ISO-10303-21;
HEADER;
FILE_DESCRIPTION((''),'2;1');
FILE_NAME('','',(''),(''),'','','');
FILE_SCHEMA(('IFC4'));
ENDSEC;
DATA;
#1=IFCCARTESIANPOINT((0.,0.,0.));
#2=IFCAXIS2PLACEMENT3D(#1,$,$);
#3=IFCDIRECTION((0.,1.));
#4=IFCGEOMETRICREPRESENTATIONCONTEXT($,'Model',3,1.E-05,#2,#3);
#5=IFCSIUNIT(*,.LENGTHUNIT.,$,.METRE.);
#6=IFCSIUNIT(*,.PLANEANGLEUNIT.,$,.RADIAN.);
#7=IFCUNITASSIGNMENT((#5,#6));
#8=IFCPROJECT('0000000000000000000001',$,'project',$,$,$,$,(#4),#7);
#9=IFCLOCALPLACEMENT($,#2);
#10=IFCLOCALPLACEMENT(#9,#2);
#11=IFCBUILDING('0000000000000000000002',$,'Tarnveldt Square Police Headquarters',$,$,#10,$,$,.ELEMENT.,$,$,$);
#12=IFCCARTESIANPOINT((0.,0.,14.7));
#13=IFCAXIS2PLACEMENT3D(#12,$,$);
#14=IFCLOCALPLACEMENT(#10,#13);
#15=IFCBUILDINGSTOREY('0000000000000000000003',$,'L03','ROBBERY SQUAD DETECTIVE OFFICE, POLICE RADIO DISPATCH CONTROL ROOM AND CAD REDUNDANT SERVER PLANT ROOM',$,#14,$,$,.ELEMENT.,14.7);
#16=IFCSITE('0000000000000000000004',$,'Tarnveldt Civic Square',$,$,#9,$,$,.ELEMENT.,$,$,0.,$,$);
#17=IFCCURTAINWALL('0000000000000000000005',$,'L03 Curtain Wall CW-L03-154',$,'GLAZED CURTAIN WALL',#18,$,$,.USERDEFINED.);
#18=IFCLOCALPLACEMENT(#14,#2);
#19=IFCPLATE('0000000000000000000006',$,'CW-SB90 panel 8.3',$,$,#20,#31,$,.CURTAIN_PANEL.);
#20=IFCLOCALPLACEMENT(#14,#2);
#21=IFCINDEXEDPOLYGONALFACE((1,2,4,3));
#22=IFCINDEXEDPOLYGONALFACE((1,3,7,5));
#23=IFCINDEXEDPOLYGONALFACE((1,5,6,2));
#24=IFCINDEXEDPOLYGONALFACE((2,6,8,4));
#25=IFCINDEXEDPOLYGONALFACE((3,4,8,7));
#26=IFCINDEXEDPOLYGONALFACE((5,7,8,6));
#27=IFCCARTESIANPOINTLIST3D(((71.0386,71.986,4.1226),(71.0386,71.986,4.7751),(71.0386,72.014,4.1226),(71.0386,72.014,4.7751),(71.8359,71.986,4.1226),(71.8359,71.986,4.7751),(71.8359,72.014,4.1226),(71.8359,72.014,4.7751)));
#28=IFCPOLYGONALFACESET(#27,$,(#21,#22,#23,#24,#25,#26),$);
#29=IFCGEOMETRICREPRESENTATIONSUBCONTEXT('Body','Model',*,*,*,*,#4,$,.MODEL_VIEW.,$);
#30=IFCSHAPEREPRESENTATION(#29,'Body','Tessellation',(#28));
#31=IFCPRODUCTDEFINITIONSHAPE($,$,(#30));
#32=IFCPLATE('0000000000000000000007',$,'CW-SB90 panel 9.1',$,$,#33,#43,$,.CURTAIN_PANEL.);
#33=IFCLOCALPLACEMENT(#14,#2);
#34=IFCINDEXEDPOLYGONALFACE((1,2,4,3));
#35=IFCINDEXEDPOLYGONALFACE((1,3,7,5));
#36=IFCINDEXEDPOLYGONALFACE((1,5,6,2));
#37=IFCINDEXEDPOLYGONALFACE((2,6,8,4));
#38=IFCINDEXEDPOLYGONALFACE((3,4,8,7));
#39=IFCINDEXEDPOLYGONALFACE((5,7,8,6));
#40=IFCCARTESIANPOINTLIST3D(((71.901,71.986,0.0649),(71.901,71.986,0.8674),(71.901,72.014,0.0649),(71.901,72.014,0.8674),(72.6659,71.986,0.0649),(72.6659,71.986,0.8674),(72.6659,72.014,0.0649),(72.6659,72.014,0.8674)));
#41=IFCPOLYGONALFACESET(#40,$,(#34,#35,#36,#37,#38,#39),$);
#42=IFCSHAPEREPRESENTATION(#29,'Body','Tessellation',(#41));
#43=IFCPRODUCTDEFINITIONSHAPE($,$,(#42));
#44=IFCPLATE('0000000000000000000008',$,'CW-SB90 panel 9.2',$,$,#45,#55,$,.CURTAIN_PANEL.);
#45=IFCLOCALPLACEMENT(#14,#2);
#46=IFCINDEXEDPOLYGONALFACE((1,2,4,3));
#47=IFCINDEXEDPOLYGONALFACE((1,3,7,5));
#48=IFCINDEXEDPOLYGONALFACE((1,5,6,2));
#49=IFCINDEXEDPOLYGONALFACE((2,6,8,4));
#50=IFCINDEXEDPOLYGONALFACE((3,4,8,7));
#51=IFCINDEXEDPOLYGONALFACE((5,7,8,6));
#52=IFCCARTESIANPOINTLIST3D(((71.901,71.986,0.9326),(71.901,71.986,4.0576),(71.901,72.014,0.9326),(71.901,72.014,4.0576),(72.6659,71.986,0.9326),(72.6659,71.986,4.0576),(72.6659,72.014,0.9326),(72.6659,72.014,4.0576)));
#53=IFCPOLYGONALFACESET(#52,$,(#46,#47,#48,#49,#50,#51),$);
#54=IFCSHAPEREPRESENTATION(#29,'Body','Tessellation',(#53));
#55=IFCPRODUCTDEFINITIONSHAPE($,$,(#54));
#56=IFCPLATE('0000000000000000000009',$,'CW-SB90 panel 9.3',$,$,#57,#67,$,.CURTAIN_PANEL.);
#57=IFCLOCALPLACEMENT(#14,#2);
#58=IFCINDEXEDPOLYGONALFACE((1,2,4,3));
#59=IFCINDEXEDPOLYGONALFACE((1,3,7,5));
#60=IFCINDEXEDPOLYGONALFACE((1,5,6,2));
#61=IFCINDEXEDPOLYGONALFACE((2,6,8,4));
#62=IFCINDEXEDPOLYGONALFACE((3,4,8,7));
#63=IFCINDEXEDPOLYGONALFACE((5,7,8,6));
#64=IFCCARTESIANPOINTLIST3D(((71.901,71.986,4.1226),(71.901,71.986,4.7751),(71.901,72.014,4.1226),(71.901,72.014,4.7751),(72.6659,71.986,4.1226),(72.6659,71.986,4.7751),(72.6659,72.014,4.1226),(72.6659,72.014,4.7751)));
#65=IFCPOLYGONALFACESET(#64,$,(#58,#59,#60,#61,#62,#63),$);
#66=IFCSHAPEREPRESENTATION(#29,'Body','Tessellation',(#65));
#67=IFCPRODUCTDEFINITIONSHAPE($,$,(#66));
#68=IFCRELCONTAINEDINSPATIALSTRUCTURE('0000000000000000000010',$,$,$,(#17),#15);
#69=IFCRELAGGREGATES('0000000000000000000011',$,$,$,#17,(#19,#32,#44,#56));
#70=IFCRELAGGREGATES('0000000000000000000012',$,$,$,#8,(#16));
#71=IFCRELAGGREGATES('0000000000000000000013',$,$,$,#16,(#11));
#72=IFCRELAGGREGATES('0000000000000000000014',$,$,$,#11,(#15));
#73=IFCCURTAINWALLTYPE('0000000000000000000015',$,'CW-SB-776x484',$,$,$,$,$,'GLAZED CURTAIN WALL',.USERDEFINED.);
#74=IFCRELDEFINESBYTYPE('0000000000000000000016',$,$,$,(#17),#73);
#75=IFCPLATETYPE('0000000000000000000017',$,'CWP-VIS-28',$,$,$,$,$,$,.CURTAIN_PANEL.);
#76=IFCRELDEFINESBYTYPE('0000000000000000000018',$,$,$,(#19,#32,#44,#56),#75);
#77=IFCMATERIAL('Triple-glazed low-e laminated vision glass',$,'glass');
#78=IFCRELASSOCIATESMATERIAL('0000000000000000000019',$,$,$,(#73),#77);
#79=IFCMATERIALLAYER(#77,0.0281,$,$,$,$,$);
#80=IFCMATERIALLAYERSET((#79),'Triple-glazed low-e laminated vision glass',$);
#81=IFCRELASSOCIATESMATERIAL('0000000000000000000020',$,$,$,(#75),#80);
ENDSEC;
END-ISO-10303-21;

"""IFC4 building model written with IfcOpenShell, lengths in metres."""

from ifc_helpers import new_model, si_unit, direction, frame, origin, origin_2d, place, context, subcontext, project, spatial, rectangle, extrude, material, layer, layer_set, type_object, element, aggregate, save


model = new_model("IFC4")

# Units and contexts
model_context = context("Model", 3, precision=1e-05, world=origin(), true_north=direction((0.0, 1.0)))
body_context = subcontext(model_context, "Body", "Model", "MODEL_VIEW")
ifc_project = project(units=[si_unit("LENGTHUNIT", "METRE"), si_unit("PLANEANGLEUNIT", "RADIAN")], contexts=[model_context])

# Site, building, storey
site_placement = place(None, origin())
site = spatial("IfcSite", under=ifc_project, at=site_placement, Name="Tarnveldt Civic Square", CompositionType="ELEMENT", RefElevation=0.0)
building_placement = place(site_placement, origin())
building = spatial("IfcBuilding", under=site, at=building_placement, Name="Tarnveldt Square Police Headquarters", CompositionType="ELEMENT")
storey_placement = place(building_placement, frame((0.0, 0.0, 14.7)))
storey = spatial("IfcBuildingStorey", under=building, at=storey_placement, Name="L03", Description="ROBBERY SQUAD DETECTIVE OFFICE, POLICE RADIO DISPATCH CONTROL ROOM AND CAD REDUNDANT SERVER PLANT ROOM", CompositionType="ELEMENT", Elevation=14.7)

# Curtain wall
ifc_material_1 = material(Name="Triple-glazed low-e laminated vision glass", Category="glass")
curtain_wall_type = type_object("IfcCurtainWallType", Name="CW-SB-776x484", ElementType="GLAZED CURTAIN WALL", PredefinedType="USERDEFINED", material=ifc_material_1)
curtain_wall_1_placement = place(storey_placement, origin())
curtain_wall_1 = element("IfcCurtainWall", 1, at=curtain_wall_1_placement, inside=storey, type_object=curtain_wall_type, Name="L03 Curtain Wall CW-L03-154", ObjectType="GLAZED CURTAIN WALL", PredefinedType="USERDEFINED")

# Plates
ifc_layer = layer(ifc_material_1, 0.0281)
ifc_layer_set = layer_set([ifc_layer], Name="Triple-glazed low-e laminated vision glass")
plate_type = type_object("IfcPlateType", Name="CWP-VIS-28", PredefinedType="CURTAIN_PANEL", material=ifc_layer_set)
plate_1_placement = place(storey_placement, frame((71.4373, 72.0, 4.1226), z_axis=(0.0, 0.0, 1.0), x_axis=(1.0, 0.0, 0.0)))
plate_1 = element("IfcPlate", 2, at=plate_1_placement, type_object=plate_type, Name="CW-SB90 panel 8.3", PredefinedType="CURTAIN_PANEL", context=body_context, shape_type="SweptSolid", body=[
    extrude(rectangle(XDim=0.7974, YDim=0.0281, at=origin_2d()), origin(), (0.0, 0.0, 1.0), 0.6526),
])
plate_2_placement = place(storey_placement, frame((72.2834, 72.0, 0.0649), z_axis=(0.0, 0.0, 1.0), x_axis=(1.0, 0.0, 0.0)))
plate_2 = element("IfcPlate", 3, at=plate_2_placement, type_object=plate_type, Name="CW-SB90 panel 9.1", PredefinedType="CURTAIN_PANEL", context=body_context, shape_type="SweptSolid", body=[
    extrude(rectangle(XDim=0.7649, YDim=0.0281, at=origin_2d()), origin(), (0.0, 0.0, 1.0), 0.8025),
])
plate_3_placement = place(storey_placement, frame((72.2834, 72.0, 0.9326), z_axis=(0.0, 0.0, 1.0), x_axis=(1.0, 0.0, 0.0)))
plate_3 = element("IfcPlate", 4, at=plate_3_placement, type_object=plate_type, Name="CW-SB90 panel 9.2", PredefinedType="CURTAIN_PANEL", context=body_context, shape_type="SweptSolid", body=[
    extrude(rectangle(XDim=0.7649, YDim=0.0281, at=origin_2d()), origin(), (0.0, 0.0, 1.0), 3.125),
])
plate_4_placement = place(storey_placement, frame((72.2834, 72.0, 4.1226), z_axis=(0.0, 0.0, 1.0), x_axis=(1.0, 0.0, 0.0)))
plate_4 = element("IfcPlate", 5, at=plate_4_placement, type_object=plate_type, Name="CW-SB90 panel 9.3", PredefinedType="CURTAIN_PANEL", context=body_context, shape_type="SweptSolid", body=[
    extrude(rectangle(XDim=0.7649, YDim=0.0281, at=origin_2d()), origin(), (0.0, 0.0, 1.0), 0.6526),
])
aggregate(curtain_wall_1, [plate_1, plate_2, plate_3, plate_4])

save(model, "model.ifc")
